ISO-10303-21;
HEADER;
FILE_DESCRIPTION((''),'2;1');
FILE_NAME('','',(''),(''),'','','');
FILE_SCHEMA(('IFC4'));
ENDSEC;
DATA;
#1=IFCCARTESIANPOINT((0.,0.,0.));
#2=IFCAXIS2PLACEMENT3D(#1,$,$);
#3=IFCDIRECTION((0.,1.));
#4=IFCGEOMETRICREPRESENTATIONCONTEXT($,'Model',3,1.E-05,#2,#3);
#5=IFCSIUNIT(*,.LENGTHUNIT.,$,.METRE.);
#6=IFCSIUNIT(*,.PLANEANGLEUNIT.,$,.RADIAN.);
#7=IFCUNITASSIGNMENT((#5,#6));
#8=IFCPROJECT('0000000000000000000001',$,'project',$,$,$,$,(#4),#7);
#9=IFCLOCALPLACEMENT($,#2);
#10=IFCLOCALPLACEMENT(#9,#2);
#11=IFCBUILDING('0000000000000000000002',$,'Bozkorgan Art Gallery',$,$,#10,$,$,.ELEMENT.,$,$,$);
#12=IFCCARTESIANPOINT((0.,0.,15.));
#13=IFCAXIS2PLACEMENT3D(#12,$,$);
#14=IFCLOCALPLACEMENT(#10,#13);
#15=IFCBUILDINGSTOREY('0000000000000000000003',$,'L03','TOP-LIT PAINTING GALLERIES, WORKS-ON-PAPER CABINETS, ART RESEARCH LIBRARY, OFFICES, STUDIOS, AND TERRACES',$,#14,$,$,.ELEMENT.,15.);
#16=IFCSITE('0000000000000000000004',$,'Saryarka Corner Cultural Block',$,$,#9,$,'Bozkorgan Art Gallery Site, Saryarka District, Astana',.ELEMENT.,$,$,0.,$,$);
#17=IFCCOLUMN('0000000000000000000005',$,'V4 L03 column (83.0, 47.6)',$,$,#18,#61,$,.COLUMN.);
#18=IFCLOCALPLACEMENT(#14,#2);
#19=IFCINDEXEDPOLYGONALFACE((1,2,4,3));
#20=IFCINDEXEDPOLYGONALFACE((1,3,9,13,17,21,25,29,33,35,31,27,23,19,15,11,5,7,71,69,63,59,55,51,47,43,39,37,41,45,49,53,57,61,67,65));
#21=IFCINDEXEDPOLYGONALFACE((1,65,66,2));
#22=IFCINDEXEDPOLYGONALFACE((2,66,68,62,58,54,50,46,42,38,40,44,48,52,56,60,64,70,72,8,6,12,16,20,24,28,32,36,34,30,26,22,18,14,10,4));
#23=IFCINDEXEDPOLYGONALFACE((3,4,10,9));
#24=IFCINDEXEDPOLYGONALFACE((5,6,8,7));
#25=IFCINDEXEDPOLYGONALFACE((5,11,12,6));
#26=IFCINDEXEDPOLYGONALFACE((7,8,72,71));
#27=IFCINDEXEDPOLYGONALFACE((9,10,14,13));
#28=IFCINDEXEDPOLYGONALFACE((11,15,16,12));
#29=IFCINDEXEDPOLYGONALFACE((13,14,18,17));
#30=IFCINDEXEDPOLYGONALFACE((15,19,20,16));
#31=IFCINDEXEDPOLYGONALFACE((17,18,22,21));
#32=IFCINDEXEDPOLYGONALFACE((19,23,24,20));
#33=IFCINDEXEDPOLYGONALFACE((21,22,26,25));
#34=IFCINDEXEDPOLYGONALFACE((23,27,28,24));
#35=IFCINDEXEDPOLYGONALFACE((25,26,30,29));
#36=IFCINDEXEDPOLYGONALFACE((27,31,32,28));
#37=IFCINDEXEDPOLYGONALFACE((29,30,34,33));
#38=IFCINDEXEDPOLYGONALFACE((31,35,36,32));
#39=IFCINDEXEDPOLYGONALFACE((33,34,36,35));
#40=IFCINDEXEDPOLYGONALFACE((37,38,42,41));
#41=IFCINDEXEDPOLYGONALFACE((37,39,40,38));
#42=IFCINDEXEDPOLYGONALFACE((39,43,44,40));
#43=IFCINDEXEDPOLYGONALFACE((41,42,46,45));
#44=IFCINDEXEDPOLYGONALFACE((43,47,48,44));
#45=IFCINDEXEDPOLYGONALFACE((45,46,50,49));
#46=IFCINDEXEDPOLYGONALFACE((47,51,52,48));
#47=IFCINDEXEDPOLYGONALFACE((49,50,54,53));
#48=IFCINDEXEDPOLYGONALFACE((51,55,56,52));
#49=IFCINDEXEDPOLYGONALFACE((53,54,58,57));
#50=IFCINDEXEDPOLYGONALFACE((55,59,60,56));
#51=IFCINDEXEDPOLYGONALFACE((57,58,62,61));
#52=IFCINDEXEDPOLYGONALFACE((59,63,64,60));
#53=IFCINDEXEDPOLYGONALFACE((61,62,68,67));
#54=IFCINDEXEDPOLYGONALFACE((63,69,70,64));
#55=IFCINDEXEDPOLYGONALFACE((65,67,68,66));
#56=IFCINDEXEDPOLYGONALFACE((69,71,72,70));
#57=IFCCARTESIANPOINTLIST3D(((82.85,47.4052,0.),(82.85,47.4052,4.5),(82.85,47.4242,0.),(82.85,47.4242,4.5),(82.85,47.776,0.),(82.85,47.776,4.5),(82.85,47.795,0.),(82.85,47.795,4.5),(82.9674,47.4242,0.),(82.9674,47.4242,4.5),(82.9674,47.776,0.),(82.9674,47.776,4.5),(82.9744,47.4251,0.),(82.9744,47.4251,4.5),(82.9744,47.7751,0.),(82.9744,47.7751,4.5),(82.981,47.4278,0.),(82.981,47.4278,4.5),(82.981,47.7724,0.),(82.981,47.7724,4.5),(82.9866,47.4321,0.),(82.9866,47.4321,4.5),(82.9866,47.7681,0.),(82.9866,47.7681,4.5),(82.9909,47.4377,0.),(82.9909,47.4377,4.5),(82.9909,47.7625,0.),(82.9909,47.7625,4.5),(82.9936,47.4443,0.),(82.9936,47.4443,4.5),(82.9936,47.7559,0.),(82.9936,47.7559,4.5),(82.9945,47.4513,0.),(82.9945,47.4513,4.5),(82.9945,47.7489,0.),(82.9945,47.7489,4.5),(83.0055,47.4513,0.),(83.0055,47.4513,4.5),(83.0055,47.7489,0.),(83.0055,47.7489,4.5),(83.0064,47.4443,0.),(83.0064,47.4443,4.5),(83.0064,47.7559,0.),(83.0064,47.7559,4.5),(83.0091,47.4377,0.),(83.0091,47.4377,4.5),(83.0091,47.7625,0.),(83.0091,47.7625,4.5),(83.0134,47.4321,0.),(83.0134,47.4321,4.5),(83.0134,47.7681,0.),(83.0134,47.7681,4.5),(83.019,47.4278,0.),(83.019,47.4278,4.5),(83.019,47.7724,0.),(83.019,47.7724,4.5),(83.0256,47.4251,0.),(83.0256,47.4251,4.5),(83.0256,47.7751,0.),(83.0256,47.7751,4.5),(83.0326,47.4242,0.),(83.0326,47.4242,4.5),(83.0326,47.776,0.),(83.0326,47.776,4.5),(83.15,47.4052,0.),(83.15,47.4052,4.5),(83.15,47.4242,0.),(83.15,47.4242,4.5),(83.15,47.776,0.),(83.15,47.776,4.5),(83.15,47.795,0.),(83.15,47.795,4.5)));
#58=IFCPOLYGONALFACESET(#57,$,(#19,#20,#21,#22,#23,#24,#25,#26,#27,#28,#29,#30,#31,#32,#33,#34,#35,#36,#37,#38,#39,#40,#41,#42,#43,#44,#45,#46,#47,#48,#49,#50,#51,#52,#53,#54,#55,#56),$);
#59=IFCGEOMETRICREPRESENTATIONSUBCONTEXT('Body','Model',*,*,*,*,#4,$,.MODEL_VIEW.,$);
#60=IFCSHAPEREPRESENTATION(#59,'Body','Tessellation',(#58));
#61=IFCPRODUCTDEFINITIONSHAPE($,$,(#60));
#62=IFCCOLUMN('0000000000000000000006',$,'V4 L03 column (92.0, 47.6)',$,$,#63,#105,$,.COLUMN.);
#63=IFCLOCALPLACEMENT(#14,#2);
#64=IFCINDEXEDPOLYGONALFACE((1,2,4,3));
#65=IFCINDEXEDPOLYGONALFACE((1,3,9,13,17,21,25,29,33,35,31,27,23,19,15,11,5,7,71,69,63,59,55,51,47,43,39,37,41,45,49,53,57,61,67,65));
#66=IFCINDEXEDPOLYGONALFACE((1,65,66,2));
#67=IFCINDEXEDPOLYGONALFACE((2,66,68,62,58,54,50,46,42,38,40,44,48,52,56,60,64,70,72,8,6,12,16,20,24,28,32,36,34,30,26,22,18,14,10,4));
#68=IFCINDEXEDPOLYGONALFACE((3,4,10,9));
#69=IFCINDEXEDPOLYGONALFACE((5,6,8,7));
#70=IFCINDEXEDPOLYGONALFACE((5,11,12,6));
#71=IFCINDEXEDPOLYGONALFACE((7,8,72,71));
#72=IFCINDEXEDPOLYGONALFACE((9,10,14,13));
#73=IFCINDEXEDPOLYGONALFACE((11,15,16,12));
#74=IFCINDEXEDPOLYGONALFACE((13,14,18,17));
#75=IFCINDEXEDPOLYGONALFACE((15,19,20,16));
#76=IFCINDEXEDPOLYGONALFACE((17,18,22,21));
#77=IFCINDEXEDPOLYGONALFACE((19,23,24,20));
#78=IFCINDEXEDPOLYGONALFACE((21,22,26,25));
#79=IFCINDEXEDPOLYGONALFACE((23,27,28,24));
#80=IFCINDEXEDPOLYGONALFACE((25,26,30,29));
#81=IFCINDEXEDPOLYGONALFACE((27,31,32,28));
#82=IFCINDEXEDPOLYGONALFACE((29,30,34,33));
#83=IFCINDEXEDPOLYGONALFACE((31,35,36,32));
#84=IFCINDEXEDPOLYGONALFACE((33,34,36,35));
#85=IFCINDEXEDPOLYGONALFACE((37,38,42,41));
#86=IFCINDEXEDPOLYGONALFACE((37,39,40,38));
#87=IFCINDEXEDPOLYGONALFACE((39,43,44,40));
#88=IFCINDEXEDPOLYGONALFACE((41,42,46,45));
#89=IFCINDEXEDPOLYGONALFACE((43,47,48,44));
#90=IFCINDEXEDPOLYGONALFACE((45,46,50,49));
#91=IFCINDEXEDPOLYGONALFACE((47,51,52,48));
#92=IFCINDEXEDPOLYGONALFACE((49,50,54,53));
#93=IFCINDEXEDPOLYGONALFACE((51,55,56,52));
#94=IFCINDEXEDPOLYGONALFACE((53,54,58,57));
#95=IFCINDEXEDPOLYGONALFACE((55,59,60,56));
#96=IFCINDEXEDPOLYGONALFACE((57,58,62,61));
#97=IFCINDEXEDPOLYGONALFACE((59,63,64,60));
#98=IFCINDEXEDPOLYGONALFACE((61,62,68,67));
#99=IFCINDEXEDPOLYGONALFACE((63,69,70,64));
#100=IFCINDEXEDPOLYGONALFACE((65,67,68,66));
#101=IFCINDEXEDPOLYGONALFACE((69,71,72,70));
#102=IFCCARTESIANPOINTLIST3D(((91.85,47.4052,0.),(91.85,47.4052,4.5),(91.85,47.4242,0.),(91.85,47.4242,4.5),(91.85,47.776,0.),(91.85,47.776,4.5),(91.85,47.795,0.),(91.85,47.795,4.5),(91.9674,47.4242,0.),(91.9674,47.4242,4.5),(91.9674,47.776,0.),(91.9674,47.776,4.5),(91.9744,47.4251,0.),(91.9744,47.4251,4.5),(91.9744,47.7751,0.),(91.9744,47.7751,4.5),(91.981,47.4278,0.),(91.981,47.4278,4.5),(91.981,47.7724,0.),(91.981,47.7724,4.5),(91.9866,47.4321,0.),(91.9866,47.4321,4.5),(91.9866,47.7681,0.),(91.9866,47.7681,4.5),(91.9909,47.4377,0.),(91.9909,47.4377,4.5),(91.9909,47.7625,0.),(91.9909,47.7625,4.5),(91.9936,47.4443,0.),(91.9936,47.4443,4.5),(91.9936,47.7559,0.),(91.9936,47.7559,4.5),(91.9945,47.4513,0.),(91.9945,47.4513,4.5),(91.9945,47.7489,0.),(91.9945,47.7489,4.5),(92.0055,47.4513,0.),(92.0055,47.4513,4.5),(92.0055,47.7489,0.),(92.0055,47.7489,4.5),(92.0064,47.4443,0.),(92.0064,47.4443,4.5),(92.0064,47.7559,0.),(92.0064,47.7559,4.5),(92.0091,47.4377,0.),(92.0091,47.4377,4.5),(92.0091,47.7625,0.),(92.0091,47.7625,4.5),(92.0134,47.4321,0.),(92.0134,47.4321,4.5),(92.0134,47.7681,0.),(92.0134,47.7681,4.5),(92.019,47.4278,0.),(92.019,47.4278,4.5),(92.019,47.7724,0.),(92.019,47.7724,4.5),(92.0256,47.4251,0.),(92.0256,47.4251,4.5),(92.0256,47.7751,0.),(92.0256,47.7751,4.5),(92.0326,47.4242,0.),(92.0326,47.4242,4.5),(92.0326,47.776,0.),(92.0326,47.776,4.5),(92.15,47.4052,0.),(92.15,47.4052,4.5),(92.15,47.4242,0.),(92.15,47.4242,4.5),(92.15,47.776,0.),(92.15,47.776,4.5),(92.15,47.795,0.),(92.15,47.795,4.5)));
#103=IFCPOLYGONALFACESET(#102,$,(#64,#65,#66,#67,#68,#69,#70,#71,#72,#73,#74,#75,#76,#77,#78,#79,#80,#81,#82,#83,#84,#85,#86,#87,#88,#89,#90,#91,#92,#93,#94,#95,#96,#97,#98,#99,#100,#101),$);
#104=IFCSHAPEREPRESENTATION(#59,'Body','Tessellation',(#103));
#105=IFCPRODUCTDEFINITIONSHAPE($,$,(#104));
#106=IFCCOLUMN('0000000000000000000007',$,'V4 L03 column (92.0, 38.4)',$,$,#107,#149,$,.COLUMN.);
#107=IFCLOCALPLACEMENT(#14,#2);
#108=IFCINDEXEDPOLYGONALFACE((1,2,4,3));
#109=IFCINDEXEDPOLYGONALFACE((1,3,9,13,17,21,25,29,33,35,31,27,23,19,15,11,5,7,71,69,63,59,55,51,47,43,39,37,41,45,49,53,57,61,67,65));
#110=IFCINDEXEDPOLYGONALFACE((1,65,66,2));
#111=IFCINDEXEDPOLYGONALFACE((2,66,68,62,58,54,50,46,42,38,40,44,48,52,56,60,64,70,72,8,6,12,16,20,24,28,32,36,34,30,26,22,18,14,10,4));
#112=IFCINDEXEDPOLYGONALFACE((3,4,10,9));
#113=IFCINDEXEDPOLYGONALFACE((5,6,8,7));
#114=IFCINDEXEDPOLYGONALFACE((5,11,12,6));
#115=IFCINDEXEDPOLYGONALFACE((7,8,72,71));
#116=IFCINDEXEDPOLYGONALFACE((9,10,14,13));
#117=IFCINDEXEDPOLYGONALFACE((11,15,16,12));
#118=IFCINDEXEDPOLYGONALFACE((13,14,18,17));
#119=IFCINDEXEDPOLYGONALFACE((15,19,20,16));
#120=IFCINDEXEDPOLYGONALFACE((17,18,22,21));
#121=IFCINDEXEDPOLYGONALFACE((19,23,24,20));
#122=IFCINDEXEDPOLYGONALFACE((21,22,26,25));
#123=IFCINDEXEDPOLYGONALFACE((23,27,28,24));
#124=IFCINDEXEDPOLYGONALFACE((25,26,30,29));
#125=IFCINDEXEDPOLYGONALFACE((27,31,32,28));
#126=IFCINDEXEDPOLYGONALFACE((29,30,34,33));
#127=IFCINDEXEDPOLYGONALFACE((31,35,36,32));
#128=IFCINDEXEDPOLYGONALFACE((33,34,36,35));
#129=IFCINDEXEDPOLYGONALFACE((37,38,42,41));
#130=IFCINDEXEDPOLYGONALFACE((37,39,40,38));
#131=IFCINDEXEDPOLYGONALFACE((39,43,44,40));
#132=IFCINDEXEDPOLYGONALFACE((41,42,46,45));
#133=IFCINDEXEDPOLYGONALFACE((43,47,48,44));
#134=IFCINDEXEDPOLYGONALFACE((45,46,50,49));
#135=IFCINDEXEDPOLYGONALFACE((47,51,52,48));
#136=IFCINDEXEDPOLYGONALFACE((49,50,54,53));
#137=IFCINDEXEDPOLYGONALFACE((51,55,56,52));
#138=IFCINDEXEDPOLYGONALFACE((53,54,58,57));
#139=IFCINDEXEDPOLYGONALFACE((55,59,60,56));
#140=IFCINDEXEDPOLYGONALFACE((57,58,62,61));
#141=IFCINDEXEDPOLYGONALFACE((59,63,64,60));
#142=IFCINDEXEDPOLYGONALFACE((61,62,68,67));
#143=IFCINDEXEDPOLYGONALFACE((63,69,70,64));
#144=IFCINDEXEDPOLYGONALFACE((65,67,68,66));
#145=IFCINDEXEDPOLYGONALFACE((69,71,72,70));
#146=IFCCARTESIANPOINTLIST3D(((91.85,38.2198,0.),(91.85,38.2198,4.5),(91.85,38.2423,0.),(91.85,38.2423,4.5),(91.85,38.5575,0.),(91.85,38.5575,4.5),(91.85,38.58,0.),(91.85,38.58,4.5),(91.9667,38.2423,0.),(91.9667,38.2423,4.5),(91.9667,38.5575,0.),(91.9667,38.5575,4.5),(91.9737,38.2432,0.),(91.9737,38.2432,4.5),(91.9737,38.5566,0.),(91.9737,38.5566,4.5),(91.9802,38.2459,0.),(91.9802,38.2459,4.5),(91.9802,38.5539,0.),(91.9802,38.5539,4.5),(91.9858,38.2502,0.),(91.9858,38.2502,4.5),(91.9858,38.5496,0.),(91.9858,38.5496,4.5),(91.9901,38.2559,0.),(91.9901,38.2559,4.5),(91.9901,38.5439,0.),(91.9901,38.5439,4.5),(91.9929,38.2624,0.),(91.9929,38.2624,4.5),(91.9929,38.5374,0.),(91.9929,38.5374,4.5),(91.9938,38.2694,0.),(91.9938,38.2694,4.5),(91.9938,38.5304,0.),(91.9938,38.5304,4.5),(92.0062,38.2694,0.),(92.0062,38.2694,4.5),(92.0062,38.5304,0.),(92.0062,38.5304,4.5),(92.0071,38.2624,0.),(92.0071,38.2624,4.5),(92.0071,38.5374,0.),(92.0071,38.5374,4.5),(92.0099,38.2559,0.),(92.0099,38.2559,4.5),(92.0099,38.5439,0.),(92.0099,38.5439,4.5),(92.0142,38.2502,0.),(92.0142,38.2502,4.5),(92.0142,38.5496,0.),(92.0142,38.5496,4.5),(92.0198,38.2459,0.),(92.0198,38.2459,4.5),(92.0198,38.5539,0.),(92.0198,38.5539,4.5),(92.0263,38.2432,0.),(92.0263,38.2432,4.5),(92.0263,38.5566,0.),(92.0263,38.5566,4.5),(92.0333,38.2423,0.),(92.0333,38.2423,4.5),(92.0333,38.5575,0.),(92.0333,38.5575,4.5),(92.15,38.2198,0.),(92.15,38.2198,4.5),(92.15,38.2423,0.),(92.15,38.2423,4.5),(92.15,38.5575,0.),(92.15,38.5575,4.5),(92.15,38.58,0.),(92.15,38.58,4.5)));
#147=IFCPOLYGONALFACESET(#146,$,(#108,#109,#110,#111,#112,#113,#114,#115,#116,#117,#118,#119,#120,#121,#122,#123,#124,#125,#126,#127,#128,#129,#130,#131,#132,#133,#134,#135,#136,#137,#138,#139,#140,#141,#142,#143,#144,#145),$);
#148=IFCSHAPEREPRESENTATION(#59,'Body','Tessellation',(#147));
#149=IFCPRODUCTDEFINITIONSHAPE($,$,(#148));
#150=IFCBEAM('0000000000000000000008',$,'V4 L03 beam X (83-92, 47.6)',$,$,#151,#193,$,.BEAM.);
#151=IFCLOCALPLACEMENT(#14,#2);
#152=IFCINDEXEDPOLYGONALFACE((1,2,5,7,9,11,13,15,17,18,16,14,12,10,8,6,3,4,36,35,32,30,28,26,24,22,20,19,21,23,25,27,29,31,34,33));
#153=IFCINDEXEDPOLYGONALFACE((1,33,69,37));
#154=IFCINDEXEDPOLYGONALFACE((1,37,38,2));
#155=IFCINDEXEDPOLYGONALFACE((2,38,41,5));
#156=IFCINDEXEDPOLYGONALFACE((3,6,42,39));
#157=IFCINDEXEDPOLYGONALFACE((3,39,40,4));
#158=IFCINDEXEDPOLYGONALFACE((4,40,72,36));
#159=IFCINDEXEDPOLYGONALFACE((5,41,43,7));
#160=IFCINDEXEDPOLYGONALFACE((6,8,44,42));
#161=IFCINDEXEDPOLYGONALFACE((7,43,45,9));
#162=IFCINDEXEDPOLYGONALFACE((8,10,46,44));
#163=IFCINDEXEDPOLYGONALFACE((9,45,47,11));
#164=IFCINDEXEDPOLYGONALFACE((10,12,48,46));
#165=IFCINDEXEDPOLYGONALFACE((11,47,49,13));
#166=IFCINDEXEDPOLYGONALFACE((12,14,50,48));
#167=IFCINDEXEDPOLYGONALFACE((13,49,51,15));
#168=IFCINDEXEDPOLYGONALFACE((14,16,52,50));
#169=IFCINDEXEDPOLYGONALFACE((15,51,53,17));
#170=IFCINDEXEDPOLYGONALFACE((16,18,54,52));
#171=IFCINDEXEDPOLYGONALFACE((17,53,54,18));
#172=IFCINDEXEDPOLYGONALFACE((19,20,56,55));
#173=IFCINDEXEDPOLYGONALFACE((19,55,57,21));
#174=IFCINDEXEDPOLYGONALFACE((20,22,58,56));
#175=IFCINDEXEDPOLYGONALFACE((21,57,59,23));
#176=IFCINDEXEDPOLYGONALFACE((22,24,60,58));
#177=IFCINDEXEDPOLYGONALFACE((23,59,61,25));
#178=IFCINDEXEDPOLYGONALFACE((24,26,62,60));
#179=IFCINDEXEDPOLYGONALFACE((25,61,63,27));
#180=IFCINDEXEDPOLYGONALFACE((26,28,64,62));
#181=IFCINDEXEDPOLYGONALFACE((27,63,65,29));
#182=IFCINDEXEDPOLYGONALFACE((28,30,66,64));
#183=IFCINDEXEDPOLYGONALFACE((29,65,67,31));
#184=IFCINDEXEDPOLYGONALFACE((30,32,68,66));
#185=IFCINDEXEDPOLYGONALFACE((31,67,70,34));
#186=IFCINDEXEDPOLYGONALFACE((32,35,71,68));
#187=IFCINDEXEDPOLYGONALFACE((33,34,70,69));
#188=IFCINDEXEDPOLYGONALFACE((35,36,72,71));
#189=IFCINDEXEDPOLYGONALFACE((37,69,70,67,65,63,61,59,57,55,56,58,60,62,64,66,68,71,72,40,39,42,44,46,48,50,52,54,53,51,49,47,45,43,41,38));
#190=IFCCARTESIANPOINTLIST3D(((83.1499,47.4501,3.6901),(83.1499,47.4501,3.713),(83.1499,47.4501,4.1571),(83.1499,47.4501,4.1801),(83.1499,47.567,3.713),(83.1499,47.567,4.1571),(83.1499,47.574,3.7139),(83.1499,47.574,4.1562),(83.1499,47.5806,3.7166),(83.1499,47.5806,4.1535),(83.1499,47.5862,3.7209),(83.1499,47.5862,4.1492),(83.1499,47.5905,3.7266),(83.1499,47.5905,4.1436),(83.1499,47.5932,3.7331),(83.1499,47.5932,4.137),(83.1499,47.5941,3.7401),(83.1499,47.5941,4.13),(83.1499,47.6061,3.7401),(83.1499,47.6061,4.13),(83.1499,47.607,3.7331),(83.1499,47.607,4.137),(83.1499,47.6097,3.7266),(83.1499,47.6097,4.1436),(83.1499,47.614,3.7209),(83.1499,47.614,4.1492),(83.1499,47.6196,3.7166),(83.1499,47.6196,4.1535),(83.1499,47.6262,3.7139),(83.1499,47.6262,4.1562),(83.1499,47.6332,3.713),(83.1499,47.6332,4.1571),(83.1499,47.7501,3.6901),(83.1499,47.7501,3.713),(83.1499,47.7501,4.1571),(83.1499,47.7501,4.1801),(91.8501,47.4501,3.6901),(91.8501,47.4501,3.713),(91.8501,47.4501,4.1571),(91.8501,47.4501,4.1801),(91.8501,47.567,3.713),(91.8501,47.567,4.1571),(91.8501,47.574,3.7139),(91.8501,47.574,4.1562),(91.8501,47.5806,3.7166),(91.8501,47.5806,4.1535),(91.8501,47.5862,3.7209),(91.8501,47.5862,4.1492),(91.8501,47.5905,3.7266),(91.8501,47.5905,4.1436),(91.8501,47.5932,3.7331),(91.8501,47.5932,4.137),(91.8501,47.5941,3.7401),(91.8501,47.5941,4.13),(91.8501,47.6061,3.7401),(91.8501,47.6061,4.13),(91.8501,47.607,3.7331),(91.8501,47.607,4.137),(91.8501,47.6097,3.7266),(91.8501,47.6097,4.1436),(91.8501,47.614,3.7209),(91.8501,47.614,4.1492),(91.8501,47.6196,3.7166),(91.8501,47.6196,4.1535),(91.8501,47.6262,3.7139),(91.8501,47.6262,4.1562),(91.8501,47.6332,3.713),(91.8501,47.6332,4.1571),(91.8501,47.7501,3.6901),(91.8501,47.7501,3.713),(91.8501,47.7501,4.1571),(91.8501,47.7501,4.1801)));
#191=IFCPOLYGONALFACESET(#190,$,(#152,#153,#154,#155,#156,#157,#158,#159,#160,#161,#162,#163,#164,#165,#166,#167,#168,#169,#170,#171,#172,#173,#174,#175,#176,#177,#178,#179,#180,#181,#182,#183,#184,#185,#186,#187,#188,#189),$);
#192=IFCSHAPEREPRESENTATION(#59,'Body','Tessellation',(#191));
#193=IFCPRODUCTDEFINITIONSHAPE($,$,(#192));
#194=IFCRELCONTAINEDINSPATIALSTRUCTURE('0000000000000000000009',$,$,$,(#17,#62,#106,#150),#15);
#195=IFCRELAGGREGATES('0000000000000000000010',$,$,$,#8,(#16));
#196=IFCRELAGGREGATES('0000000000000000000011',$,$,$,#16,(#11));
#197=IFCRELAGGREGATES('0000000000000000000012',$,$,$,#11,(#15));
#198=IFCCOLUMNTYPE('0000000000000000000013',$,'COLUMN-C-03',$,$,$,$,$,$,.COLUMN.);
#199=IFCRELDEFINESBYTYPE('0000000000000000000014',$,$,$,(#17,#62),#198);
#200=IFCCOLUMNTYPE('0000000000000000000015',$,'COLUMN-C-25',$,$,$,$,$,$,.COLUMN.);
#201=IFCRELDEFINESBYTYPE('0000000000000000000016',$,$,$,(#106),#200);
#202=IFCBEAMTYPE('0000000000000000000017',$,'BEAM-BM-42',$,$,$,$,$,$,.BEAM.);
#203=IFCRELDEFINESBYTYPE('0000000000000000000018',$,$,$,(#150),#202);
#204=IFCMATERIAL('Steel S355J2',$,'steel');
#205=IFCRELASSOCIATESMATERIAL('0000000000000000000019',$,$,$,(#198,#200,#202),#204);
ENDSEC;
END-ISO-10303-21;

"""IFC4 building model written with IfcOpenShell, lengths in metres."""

from ifc_helpers import new_model, si_unit, direction, frame, origin, origin_2d, place, context, subcontext, project, spatial, i_section, extrude, material, material_profile, profile_set, type_object, element, save


model = new_model("IFC4")

# Units and contexts
model_context = context("Model", 3, precision=1e-05, world=origin(), true_north=direction((0.0, 1.0)))
body_context = subcontext(model_context, "Body", "Model", "MODEL_VIEW")
ifc_project = project(units=[si_unit("LENGTHUNIT", "METRE"), si_unit("PLANEANGLEUNIT", "RADIAN")], contexts=[model_context])

# Site, building, storey
site_placement = place(None, origin())
site = spatial("IfcSite", under=ifc_project, at=site_placement, Name="Saryarka Corner Cultural Block", LongName="Bozkorgan Art Gallery Site, Saryarka District, Astana", CompositionType="ELEMENT", RefElevation=0.0)
building_placement = place(site_placement, origin())
building = spatial("IfcBuilding", under=site, at=building_placement, Name="Bozkorgan Art Gallery", CompositionType="ELEMENT")
storey_placement = place(building_placement, frame((0.0, 0.0, 15.0)))
storey = spatial("IfcBuildingStorey", under=building, at=storey_placement, Name="L03", Description="TOP-LIT PAINTING GALLERIES, WORKS-ON-PAPER CABINETS, ART RESEARCH LIBRARY, OFFICES, STUDIOS, AND TERRACES", CompositionType="ELEMENT", Elevation=15.0)

# Columns
ifc_material_1 = material(Name="Steel S355J2", Category="steel")
ifc_material_profile_1 = material_profile(ifc_material_1, i_section(OverallWidth=0.3, OverallDepth=0.3899, WebThickness=0.011, FlangeThickness=0.019, FilletRadius=0.0271, at=origin_2d()), Name="HEA 400")
ifc_profile_set_1 = profile_set([ifc_material_profile_1], Name="Steel S355J2")
column_type_1 = type_object("IfcColumnType", Name="COLUMN-C-03", PredefinedType="COLUMN", material=ifc_profile_set_1)
for number, where, z_axis, x_axis, name in (
    (1, (83.0, 47.6001, 0.0), (0.0, 0.0, 1.0), (1.0, 0.0, 0.0), "V4 L03 column (83.0, 47.6)"),
    (2, (92.0, 47.6001, 0.0), (0.0, 0.0, 1.0), (1.0, 0.0, 0.0), "V4 L03 column (92.0, 47.6)"),
):
    element("IfcColumn", number, at=place(storey_placement, frame(where, z_axis=z_axis, x_axis=x_axis)), inside=storey, type_object=column_type_1, Name=name, PredefinedType="COLUMN", context=body_context, shape_type="SweptSolid", body=[
        extrude(i_section(OverallWidth=0.3, OverallDepth=0.3899, WebThickness=0.011, FlangeThickness=0.019, FilletRadius=0.0271, at=origin_2d()), origin(), (0.0, 0.0, 1.0), 4.5),
    ])
ifc_material_profile_2 = material_profile(ifc_material_1, i_section(OverallWidth=0.3, OverallDepth=0.3601, WebThickness=0.0125, FlangeThickness=0.0225, FilletRadius=0.0271, at=origin_2d()), Name="HEB 360")
ifc_profile_set_2 = profile_set([ifc_material_profile_2], Name="Steel S355J2")
column_type_2 = type_object("IfcColumnType", Name="COLUMN-C-25", PredefinedType="COLUMN", material=ifc_profile_set_2)
column_placement = place(storey_placement, frame((92.0, 38.3999, 0.0), z_axis=(0.0, 0.0, 1.0), x_axis=(1.0, 0.0, 0.0)))
element("IfcColumn", 3, at=column_placement, inside=storey, type_object=column_type_2, Name="V4 L03 column (92.0, 38.4)", PredefinedType="COLUMN", context=body_context, shape_type="SweptSolid", body=[
    extrude(i_section(OverallWidth=0.3, OverallDepth=0.3601, WebThickness=0.0125, FlangeThickness=0.0225, FilletRadius=0.0271, at=origin_2d()), origin(), (0.0, 0.0, 1.0), 4.5),
])

# Beam
ifc_material_profile_3 = material_profile(ifc_material_1, i_section(OverallWidth=0.3, OverallDepth=0.49, WebThickness=0.012, FlangeThickness=0.0229, FilletRadius=0.0271, at=origin_2d()), Name="HEA 500")
ifc_profile_set_3 = profile_set([ifc_material_profile_3], Name="Steel S355J2")
beam_type_1 = type_object("IfcBeamType", Name="BEAM-BM-42", PredefinedType="BEAM", material=ifc_profile_set_3)
for number, where, z_axis, x_axis, name in (
    (4, (83.1499, 47.6001, 3.9351), (1.0, 0.0, 0.0), (0.0, 1.0, 0.0), "V4 L03 beam X (83-92, 47.6)"),
):
    element("IfcBeam", number, at=place(storey_placement, frame(where, z_axis=z_axis, x_axis=x_axis)), inside=storey, type_object=beam_type_1, Name=name, PredefinedType="BEAM", context=body_context, shape_type="SweptSolid", body=[
        extrude(i_section(OverallWidth=0.3, OverallDepth=0.49, WebThickness=0.012, FlangeThickness=0.0229, FilletRadius=0.0271, at=origin_2d()), origin(), (0.0, 0.0, 1.0), 8.7002),
    ])

save(model, "model.ifc")
